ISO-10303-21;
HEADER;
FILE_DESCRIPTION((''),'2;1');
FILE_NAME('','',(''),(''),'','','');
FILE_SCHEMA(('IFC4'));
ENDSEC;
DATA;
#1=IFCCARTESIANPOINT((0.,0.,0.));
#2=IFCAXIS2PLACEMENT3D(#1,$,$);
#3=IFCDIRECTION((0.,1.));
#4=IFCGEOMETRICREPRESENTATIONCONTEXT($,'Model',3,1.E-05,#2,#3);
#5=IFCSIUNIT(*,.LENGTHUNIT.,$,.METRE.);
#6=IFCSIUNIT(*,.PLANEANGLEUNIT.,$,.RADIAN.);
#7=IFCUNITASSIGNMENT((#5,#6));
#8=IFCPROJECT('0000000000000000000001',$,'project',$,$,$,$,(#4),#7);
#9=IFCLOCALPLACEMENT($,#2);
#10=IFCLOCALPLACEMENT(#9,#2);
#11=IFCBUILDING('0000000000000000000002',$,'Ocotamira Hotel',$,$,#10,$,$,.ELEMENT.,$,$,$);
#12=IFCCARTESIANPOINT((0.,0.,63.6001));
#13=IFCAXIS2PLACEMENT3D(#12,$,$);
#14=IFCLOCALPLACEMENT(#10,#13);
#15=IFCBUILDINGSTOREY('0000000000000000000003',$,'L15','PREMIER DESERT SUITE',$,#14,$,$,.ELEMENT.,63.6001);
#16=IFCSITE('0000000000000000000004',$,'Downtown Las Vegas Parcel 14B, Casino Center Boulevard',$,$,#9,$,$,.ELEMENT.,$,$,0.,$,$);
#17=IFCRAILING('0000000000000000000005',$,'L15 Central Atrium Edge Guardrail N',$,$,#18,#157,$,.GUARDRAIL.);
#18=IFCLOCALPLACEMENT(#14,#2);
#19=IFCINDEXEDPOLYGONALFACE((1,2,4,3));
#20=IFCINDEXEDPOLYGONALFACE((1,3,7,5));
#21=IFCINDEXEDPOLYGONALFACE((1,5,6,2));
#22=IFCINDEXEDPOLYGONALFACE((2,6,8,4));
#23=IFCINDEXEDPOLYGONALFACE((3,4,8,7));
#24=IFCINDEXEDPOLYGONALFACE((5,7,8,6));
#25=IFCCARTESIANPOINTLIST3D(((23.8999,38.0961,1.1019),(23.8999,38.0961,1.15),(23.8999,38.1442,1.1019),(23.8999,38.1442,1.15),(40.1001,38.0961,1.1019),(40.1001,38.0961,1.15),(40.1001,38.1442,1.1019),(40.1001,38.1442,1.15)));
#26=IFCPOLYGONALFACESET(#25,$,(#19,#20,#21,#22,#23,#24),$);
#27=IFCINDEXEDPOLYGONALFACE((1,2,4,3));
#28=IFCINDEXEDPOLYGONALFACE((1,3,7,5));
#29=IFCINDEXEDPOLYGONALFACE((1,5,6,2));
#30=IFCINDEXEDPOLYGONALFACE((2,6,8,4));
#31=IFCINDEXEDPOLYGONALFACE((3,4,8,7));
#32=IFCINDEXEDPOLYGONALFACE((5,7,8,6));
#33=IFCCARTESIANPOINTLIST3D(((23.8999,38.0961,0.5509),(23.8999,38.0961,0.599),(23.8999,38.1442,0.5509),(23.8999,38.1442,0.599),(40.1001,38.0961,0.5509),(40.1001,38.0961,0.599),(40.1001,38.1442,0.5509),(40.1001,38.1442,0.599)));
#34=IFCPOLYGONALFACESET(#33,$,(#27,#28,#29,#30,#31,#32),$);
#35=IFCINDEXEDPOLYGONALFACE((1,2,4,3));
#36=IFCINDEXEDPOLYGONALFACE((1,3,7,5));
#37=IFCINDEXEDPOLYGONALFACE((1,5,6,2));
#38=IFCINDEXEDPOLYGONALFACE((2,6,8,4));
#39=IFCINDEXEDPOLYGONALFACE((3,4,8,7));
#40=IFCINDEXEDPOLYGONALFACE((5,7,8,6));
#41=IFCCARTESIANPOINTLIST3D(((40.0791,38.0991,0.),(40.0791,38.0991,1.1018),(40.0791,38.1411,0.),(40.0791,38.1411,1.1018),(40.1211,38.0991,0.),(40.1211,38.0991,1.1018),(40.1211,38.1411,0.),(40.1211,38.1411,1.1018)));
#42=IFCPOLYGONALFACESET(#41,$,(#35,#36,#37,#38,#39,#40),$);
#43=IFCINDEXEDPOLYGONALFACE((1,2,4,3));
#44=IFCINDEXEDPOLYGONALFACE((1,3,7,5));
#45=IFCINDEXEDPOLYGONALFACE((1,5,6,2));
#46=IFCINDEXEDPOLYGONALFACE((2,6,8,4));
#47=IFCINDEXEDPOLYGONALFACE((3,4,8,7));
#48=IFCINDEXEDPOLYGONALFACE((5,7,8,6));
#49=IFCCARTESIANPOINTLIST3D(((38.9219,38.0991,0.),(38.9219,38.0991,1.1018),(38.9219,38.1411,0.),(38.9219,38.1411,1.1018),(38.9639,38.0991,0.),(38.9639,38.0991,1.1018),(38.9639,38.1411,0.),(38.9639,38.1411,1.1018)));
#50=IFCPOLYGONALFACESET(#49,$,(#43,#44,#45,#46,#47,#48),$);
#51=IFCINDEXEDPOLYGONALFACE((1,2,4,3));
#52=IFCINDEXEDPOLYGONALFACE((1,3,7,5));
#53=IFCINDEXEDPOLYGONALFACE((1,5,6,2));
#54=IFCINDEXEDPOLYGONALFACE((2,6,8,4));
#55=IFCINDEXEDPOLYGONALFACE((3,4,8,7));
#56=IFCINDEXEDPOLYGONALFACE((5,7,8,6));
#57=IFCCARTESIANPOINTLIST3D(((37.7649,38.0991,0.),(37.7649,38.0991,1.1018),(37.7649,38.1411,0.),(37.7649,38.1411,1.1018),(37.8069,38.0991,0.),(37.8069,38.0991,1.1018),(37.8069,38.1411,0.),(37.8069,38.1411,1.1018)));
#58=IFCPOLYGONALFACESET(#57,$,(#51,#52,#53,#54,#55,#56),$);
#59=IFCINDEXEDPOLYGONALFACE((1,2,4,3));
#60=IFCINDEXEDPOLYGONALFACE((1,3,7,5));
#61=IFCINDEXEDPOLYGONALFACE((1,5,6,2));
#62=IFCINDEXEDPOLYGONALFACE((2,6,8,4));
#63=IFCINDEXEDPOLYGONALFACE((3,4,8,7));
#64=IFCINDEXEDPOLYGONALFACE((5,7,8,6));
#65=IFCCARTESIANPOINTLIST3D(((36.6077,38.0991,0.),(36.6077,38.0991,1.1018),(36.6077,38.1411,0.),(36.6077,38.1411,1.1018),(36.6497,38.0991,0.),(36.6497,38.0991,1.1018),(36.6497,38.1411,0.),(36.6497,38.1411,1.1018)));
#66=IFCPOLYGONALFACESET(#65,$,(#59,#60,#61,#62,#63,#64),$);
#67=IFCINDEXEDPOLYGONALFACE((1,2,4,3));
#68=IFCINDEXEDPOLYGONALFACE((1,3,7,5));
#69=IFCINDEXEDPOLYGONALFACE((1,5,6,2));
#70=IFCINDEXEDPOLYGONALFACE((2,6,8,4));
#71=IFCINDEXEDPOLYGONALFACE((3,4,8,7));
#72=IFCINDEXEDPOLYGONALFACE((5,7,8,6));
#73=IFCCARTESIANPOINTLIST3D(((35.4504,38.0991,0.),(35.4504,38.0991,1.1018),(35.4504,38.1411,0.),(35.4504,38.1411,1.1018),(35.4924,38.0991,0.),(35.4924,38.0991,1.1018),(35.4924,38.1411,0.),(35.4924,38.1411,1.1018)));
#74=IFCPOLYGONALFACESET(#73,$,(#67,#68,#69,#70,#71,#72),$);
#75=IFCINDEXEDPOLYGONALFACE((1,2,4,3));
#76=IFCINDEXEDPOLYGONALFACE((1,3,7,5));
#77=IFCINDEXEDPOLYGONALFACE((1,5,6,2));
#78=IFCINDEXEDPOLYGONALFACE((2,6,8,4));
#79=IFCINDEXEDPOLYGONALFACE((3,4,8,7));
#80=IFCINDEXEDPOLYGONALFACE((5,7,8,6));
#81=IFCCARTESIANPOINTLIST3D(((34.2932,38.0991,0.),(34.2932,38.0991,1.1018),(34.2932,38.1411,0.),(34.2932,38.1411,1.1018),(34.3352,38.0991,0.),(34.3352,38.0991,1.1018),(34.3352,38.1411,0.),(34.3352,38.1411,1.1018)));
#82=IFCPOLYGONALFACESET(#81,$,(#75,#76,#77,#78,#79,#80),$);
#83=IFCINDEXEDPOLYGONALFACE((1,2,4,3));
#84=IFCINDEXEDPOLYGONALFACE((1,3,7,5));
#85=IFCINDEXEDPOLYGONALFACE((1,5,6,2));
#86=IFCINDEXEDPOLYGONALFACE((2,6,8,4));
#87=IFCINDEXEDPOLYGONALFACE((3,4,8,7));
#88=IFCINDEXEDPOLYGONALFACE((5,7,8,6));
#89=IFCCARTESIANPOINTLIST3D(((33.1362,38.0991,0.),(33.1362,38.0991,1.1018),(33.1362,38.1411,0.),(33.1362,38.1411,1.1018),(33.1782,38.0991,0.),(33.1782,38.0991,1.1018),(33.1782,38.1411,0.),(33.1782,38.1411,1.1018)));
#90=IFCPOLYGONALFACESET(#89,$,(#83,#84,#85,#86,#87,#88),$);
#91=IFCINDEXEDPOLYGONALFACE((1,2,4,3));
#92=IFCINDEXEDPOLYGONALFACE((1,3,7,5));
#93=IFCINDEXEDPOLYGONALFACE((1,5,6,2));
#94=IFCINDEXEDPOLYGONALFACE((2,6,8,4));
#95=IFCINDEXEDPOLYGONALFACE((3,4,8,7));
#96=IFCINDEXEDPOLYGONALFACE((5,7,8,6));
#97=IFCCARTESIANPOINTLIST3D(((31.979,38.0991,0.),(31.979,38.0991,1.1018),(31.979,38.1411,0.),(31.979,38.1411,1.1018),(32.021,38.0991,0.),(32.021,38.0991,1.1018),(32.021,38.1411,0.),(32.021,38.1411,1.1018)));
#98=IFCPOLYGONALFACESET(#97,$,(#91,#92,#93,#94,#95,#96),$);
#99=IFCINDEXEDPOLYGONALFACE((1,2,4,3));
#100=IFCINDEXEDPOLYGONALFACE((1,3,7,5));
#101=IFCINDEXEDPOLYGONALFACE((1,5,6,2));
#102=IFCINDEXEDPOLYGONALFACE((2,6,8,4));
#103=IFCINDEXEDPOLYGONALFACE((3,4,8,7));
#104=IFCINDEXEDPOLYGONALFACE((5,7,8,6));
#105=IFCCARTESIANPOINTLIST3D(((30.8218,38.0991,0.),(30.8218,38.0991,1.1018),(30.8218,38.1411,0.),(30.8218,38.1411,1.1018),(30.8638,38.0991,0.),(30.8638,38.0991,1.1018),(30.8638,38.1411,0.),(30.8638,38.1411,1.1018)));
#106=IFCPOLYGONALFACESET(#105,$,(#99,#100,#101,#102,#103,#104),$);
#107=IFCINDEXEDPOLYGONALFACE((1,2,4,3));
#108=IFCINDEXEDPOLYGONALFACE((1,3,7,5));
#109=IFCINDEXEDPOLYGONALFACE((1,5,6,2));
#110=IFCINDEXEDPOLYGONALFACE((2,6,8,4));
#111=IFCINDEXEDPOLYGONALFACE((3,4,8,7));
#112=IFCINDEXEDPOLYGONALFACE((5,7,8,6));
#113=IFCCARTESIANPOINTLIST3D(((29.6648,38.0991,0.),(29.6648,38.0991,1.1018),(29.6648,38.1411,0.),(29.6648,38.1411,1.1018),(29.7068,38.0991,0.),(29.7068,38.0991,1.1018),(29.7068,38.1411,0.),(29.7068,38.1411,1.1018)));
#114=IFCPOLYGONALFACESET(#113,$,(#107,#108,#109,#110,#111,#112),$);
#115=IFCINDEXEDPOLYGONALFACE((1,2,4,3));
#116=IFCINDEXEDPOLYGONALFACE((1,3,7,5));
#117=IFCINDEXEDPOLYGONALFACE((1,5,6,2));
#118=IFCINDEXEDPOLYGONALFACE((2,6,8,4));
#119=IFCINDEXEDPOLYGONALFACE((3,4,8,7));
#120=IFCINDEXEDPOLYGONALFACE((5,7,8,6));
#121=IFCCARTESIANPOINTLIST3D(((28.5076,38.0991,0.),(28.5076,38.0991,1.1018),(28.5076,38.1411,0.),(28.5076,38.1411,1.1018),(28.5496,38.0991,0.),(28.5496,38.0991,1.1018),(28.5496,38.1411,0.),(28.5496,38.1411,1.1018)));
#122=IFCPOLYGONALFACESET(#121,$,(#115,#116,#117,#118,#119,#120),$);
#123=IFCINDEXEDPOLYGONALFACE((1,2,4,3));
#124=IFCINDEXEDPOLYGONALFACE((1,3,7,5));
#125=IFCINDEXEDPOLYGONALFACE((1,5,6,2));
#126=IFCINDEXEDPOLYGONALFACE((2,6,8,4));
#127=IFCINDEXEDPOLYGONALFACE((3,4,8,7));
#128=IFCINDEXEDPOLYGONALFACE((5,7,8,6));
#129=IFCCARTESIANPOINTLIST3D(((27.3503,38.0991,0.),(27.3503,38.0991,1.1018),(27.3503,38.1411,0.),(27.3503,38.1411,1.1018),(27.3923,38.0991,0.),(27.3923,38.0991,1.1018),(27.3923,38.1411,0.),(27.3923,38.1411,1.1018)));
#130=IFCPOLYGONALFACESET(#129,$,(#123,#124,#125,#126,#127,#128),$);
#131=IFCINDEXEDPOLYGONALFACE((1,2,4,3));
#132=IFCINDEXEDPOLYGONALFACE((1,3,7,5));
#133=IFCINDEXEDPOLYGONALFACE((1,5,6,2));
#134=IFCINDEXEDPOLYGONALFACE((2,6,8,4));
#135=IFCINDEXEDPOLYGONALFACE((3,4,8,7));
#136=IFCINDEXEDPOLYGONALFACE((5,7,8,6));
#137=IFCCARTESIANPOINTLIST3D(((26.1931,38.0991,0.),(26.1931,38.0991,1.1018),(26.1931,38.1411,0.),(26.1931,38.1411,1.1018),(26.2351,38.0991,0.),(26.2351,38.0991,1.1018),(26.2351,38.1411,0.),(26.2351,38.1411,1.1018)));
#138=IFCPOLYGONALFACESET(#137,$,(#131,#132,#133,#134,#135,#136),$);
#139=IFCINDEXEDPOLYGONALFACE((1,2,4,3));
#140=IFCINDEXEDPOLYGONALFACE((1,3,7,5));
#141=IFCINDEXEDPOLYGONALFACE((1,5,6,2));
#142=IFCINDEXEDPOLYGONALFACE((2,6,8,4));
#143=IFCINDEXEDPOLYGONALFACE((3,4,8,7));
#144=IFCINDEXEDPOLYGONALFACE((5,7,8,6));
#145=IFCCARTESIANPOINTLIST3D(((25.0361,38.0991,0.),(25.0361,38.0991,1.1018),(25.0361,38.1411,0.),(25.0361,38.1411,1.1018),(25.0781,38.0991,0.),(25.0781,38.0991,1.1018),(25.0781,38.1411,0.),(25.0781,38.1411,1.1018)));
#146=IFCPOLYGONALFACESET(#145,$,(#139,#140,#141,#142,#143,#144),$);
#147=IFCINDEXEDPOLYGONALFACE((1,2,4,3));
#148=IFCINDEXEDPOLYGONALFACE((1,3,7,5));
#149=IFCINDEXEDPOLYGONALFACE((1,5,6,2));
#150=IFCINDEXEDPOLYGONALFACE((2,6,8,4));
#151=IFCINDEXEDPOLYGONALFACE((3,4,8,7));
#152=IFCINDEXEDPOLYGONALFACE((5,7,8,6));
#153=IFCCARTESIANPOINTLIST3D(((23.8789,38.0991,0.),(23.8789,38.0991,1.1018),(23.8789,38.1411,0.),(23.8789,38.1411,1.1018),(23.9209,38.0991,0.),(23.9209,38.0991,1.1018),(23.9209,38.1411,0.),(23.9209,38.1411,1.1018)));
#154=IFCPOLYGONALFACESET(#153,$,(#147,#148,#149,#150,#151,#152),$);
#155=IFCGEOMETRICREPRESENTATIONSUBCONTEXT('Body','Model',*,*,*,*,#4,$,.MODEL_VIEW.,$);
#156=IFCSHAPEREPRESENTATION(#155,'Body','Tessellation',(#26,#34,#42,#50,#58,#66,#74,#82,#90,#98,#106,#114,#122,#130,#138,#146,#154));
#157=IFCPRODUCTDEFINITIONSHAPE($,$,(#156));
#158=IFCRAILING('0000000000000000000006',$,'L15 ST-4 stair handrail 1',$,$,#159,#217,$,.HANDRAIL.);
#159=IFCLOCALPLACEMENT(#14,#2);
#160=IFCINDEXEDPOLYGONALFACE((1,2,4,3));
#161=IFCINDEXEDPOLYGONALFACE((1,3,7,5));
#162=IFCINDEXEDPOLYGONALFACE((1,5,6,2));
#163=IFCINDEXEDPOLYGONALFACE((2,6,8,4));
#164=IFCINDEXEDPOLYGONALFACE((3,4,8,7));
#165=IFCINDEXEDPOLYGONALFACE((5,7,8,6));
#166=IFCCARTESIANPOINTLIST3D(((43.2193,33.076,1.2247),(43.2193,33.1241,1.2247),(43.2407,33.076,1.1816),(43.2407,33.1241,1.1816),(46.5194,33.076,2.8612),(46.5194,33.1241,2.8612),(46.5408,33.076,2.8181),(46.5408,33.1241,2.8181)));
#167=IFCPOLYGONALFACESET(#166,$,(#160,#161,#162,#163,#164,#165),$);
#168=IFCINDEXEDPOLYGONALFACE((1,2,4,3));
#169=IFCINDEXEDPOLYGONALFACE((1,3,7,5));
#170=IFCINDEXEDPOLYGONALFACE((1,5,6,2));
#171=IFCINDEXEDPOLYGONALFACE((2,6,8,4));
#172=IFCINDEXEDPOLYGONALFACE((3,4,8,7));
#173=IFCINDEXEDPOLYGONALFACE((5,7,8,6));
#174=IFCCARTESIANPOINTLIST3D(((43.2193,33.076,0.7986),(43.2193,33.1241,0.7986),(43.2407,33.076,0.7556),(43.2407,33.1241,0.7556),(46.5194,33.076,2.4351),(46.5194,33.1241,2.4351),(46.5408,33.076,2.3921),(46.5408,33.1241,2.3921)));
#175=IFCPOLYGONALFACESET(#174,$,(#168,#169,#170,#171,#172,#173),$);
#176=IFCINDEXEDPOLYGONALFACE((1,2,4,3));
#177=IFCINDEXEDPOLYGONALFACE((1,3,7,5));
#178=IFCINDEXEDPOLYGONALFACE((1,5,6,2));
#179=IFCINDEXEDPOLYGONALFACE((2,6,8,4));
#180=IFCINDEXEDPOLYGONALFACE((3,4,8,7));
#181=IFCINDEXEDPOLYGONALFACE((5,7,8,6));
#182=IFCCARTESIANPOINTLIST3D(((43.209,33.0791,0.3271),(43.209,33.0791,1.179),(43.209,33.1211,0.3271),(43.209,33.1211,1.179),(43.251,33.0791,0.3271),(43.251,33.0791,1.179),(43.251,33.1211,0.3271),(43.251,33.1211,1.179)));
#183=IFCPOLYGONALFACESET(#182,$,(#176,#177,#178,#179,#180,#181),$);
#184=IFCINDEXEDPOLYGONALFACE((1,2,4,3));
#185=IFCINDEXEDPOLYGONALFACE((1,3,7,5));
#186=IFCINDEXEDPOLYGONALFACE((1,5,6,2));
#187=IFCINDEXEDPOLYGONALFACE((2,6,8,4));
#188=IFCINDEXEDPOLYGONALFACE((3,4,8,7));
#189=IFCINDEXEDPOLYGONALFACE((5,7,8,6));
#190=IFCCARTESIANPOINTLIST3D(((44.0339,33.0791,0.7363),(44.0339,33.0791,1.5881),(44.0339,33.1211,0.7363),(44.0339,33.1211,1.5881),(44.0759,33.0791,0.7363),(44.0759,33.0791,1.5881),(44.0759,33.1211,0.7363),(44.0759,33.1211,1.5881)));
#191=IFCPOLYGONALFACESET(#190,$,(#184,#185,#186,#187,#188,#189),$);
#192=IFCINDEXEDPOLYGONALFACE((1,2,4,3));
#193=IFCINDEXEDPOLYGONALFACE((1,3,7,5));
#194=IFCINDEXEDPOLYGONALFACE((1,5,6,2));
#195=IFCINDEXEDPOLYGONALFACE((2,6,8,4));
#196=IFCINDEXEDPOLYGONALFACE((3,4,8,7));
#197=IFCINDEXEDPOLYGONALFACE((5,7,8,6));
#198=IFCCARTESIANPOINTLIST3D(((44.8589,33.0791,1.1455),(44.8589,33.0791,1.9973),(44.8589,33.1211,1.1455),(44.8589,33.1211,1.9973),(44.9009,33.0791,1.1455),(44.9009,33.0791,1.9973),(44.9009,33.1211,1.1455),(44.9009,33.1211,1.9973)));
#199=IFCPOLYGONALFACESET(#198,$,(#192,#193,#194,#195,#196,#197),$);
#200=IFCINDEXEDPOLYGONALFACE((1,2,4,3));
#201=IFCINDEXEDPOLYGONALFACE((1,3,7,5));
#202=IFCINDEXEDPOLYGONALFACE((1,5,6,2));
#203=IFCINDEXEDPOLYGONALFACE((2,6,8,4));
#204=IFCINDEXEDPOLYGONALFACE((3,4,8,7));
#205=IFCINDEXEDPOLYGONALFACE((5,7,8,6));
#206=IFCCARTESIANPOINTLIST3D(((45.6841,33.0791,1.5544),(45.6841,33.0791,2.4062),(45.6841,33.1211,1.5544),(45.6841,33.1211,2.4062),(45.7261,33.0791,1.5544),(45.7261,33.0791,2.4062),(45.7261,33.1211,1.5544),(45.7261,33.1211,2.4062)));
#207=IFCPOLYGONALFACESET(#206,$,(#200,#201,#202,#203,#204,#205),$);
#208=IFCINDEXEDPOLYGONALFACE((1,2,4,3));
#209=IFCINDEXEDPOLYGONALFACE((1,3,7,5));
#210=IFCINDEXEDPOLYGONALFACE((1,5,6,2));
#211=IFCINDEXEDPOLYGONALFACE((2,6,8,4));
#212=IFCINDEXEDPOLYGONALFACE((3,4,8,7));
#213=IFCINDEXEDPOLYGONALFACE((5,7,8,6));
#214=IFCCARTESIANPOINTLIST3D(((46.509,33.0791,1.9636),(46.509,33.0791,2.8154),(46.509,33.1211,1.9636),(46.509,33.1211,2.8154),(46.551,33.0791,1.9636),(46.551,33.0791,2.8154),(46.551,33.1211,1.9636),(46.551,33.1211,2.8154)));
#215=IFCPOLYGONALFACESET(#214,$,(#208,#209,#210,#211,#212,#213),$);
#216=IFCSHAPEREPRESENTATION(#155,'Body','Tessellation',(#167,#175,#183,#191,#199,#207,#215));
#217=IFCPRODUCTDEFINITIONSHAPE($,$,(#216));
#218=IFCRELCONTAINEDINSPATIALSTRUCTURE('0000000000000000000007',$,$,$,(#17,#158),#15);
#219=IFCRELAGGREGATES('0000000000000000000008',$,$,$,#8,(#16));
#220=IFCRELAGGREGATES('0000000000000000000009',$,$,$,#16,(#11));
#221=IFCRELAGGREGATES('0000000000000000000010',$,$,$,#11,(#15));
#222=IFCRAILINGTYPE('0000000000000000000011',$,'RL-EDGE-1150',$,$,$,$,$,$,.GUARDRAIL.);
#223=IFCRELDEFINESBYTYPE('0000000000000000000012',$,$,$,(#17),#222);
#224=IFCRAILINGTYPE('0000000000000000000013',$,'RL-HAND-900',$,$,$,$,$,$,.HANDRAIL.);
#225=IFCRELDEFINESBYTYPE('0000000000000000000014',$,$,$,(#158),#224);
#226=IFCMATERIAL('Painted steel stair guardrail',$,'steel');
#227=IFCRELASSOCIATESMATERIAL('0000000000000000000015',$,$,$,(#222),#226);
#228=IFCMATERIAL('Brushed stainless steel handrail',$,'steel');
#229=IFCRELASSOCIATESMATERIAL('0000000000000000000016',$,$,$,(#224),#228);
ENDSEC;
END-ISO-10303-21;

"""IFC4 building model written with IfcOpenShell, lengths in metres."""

from ifc_helpers import new_model, si_unit, direction, frame, origin, origin_2d, place, context, subcontext, project, spatial, rectangle, extrude, material, type_object, element, save


model = new_model("IFC4")

# Units and contexts
model_context = context("Model", 3, precision=1e-05, world=origin(), true_north=direction((0.0, 1.0)))
body_context = subcontext(model_context, "Body", "Model", "MODEL_VIEW")
ifc_project = project(units=[si_unit("LENGTHUNIT", "METRE"), si_unit("PLANEANGLEUNIT", "RADIAN")], contexts=[model_context])

# Site, building, storey
site_placement = place(None, origin())
site = spatial("IfcSite", under=ifc_project, at=site_placement, Name="Downtown Las Vegas Parcel 14B, Casino Center Boulevard", CompositionType="ELEMENT", RefElevation=0.0)
building_placement = place(site_placement, origin())
building = spatial("IfcBuilding", under=site, at=building_placement, Name="Ocotamira Hotel", CompositionType="ELEMENT")
storey_placement = place(building_placement, frame((0.0, 0.0, 63.6001)))
storey = spatial("IfcBuildingStorey", under=building, at=storey_placement, Name="L15", Description="PREMIER DESERT SUITE", CompositionType="ELEMENT", Elevation=63.6001)

# Railings
ifc_material_1 = material(Name="Painted steel stair guardrail", Category="steel")
railing_type_1 = type_object("IfcRailingType", Name="RL-EDGE-1150", PredefinedType="GUARDRAIL", material=ifc_material_1)
railing_1_placement = place(storey_placement, frame((40.1001, 38.1201, 0.0)))
element("IfcRailing", 1, at=railing_1_placement, inside=storey, type_object=railing_type_1, Name="L15 Central Atrium Edge Guardrail N", PredefinedType="GUARDRAIL", context=body_context, shape_type="SweptSolid", body=[
    extrude(rectangle(XDim=0.0481, YDim=0.0481, at=origin_2d()), frame((0.0, 0.0, 1.126), z_axis=(-1.0, 0.0, 0.0), x_axis=(0.0, -1.0, 0.0)), (0.0, 0.0, 1.0), 16.2002),
    extrude(rectangle(XDim=0.0481, YDim=0.0481, at=origin_2d()), frame((0.0, 0.0, 0.575), z_axis=(-1.0, 0.0, 0.0), x_axis=(0.0, -1.0, 0.0)), (0.0, 0.0, 1.0), 16.2002),
    extrude(rectangle(XDim=0.042, YDim=0.042, at=origin_2d()), origin(), (0.0, 0.0, 1.0), 1.1018),
    extrude(rectangle(XDim=0.042, YDim=0.042, at=origin_2d()), frame((-1.1572, 0.0, 0.0)), (0.0, 0.0, 1.0), 1.1018),
    extrude(rectangle(XDim=0.042, YDim=0.042, at=origin_2d()), frame((-2.3142, 0.0, 0.0)), (0.0, 0.0, 1.0), 1.1018),
    extrude(rectangle(XDim=0.042, YDim=0.042, at=origin_2d()), frame((-3.4714, 0.0, 0.0)), (0.0, 0.0, 1.0), 1.1018),
    extrude(rectangle(XDim=0.042, YDim=0.042, at=origin_2d()), frame((-4.6287, 0.0, 0.0)), (0.0, 0.0, 1.0), 1.1018),
    extrude(rectangle(XDim=0.042, YDim=0.042, at=origin_2d()), frame((-5.7859, 0.0, 0.0)), (0.0, 0.0, 1.0), 1.1018),
    extrude(rectangle(XDim=0.042, YDim=0.042, at=origin_2d()), frame((-6.9429, 0.0, 0.0)), (0.0, 0.0, 1.0), 1.1018),
    extrude(rectangle(XDim=0.042, YDim=0.042, at=origin_2d()), frame((-8.1001, 0.0, 0.0)), (0.0, 0.0, 1.0), 1.1018),
    extrude(rectangle(XDim=0.042, YDim=0.042, at=origin_2d()), frame((-9.2573, 0.0, 0.0)), (0.0, 0.0, 1.0), 1.1018),
    extrude(rectangle(XDim=0.042, YDim=0.042, at=origin_2d()), frame((-10.4143, 0.0, 0.0)), (0.0, 0.0, 1.0), 1.1018),
    extrude(rectangle(XDim=0.042, YDim=0.042, at=origin_2d()), frame((-11.5715, 0.0, 0.0)), (0.0, 0.0, 1.0), 1.1018),
    extrude(rectangle(XDim=0.042, YDim=0.042, at=origin_2d()), frame((-12.7288, 0.0, 0.0)), (0.0, 0.0, 1.0), 1.1018),
    extrude(rectangle(XDim=0.042, YDim=0.042, at=origin_2d()), frame((-13.886, 0.0, 0.0)), (0.0, 0.0, 1.0), 1.1018),
    extrude(rectangle(XDim=0.042, YDim=0.042, at=origin_2d()), frame((-15.043, 0.0, 0.0)), (0.0, 0.0, 1.0), 1.1018),
    extrude(rectangle(XDim=0.042, YDim=0.042, at=origin_2d()), frame((-16.2002, 0.0, 0.0)), (0.0, 0.0, 1.0), 1.1018),
])
ifc_material_2 = material(Name="Brushed stainless steel handrail", Category="steel")
railing_type_2 = type_object("IfcRailingType", Name="RL-HAND-900", PredefinedType="HANDRAIL", material=ifc_material_2)
railing_2_placement = place(storey_placement, frame((43.23, 33.1001, 0.3271)))
element("IfcRailing", 2, at=railing_2_placement, inside=storey, type_object=railing_type_2, Name="L15 ST-4 stair handrail 1", PredefinedType="HANDRAIL", context=body_context, shape_type="SweptSolid", body=[
    extrude(rectangle(XDim=0.0481, YDim=0.0481, at=origin_2d()), frame((0.0, 0.0, 0.876), z_axis=(0.895894, 0.0, 0.444268), x_axis=(0.0, 1.0, 0.0)), (0.0, 0.0, 1.0), 3.6836),
    extrude(rectangle(XDim=0.0481, YDim=0.0481, at=origin_2d()), frame((0.0, 0.0, 0.45), z_axis=(0.895894, 0.0, 0.444268), x_axis=(0.0, 1.0, 0.0)), (0.0, 0.0, 1.0), 3.6836),
    extrude(rectangle(XDim=0.042, YDim=0.042, at=origin_2d()), origin(), (0.0, 0.0, 1.0), 0.8518),
    extrude(rectangle(XDim=0.042, YDim=0.042, at=origin_2d()), frame((0.825, 0.0, 0.4092)), (0.0, 0.0, 1.0), 0.8518),
    extrude(rectangle(XDim=0.042, YDim=0.042, at=origin_2d()), frame((1.6499, 0.0, 0.8184)), (0.0, 0.0, 1.0), 0.8518),
    extrude(rectangle(XDim=0.042, YDim=0.042, at=origin_2d()), frame((2.4751, 0.0, 1.2273)), (0.0, 0.0, 1.0), 0.8518),
    extrude(rectangle(XDim=0.042, YDim=0.042, at=origin_2d()), frame((3.3, 0.0, 1.6365)), (0.0, 0.0, 1.0), 0.8518),
])

save(model, "model.ifc")
